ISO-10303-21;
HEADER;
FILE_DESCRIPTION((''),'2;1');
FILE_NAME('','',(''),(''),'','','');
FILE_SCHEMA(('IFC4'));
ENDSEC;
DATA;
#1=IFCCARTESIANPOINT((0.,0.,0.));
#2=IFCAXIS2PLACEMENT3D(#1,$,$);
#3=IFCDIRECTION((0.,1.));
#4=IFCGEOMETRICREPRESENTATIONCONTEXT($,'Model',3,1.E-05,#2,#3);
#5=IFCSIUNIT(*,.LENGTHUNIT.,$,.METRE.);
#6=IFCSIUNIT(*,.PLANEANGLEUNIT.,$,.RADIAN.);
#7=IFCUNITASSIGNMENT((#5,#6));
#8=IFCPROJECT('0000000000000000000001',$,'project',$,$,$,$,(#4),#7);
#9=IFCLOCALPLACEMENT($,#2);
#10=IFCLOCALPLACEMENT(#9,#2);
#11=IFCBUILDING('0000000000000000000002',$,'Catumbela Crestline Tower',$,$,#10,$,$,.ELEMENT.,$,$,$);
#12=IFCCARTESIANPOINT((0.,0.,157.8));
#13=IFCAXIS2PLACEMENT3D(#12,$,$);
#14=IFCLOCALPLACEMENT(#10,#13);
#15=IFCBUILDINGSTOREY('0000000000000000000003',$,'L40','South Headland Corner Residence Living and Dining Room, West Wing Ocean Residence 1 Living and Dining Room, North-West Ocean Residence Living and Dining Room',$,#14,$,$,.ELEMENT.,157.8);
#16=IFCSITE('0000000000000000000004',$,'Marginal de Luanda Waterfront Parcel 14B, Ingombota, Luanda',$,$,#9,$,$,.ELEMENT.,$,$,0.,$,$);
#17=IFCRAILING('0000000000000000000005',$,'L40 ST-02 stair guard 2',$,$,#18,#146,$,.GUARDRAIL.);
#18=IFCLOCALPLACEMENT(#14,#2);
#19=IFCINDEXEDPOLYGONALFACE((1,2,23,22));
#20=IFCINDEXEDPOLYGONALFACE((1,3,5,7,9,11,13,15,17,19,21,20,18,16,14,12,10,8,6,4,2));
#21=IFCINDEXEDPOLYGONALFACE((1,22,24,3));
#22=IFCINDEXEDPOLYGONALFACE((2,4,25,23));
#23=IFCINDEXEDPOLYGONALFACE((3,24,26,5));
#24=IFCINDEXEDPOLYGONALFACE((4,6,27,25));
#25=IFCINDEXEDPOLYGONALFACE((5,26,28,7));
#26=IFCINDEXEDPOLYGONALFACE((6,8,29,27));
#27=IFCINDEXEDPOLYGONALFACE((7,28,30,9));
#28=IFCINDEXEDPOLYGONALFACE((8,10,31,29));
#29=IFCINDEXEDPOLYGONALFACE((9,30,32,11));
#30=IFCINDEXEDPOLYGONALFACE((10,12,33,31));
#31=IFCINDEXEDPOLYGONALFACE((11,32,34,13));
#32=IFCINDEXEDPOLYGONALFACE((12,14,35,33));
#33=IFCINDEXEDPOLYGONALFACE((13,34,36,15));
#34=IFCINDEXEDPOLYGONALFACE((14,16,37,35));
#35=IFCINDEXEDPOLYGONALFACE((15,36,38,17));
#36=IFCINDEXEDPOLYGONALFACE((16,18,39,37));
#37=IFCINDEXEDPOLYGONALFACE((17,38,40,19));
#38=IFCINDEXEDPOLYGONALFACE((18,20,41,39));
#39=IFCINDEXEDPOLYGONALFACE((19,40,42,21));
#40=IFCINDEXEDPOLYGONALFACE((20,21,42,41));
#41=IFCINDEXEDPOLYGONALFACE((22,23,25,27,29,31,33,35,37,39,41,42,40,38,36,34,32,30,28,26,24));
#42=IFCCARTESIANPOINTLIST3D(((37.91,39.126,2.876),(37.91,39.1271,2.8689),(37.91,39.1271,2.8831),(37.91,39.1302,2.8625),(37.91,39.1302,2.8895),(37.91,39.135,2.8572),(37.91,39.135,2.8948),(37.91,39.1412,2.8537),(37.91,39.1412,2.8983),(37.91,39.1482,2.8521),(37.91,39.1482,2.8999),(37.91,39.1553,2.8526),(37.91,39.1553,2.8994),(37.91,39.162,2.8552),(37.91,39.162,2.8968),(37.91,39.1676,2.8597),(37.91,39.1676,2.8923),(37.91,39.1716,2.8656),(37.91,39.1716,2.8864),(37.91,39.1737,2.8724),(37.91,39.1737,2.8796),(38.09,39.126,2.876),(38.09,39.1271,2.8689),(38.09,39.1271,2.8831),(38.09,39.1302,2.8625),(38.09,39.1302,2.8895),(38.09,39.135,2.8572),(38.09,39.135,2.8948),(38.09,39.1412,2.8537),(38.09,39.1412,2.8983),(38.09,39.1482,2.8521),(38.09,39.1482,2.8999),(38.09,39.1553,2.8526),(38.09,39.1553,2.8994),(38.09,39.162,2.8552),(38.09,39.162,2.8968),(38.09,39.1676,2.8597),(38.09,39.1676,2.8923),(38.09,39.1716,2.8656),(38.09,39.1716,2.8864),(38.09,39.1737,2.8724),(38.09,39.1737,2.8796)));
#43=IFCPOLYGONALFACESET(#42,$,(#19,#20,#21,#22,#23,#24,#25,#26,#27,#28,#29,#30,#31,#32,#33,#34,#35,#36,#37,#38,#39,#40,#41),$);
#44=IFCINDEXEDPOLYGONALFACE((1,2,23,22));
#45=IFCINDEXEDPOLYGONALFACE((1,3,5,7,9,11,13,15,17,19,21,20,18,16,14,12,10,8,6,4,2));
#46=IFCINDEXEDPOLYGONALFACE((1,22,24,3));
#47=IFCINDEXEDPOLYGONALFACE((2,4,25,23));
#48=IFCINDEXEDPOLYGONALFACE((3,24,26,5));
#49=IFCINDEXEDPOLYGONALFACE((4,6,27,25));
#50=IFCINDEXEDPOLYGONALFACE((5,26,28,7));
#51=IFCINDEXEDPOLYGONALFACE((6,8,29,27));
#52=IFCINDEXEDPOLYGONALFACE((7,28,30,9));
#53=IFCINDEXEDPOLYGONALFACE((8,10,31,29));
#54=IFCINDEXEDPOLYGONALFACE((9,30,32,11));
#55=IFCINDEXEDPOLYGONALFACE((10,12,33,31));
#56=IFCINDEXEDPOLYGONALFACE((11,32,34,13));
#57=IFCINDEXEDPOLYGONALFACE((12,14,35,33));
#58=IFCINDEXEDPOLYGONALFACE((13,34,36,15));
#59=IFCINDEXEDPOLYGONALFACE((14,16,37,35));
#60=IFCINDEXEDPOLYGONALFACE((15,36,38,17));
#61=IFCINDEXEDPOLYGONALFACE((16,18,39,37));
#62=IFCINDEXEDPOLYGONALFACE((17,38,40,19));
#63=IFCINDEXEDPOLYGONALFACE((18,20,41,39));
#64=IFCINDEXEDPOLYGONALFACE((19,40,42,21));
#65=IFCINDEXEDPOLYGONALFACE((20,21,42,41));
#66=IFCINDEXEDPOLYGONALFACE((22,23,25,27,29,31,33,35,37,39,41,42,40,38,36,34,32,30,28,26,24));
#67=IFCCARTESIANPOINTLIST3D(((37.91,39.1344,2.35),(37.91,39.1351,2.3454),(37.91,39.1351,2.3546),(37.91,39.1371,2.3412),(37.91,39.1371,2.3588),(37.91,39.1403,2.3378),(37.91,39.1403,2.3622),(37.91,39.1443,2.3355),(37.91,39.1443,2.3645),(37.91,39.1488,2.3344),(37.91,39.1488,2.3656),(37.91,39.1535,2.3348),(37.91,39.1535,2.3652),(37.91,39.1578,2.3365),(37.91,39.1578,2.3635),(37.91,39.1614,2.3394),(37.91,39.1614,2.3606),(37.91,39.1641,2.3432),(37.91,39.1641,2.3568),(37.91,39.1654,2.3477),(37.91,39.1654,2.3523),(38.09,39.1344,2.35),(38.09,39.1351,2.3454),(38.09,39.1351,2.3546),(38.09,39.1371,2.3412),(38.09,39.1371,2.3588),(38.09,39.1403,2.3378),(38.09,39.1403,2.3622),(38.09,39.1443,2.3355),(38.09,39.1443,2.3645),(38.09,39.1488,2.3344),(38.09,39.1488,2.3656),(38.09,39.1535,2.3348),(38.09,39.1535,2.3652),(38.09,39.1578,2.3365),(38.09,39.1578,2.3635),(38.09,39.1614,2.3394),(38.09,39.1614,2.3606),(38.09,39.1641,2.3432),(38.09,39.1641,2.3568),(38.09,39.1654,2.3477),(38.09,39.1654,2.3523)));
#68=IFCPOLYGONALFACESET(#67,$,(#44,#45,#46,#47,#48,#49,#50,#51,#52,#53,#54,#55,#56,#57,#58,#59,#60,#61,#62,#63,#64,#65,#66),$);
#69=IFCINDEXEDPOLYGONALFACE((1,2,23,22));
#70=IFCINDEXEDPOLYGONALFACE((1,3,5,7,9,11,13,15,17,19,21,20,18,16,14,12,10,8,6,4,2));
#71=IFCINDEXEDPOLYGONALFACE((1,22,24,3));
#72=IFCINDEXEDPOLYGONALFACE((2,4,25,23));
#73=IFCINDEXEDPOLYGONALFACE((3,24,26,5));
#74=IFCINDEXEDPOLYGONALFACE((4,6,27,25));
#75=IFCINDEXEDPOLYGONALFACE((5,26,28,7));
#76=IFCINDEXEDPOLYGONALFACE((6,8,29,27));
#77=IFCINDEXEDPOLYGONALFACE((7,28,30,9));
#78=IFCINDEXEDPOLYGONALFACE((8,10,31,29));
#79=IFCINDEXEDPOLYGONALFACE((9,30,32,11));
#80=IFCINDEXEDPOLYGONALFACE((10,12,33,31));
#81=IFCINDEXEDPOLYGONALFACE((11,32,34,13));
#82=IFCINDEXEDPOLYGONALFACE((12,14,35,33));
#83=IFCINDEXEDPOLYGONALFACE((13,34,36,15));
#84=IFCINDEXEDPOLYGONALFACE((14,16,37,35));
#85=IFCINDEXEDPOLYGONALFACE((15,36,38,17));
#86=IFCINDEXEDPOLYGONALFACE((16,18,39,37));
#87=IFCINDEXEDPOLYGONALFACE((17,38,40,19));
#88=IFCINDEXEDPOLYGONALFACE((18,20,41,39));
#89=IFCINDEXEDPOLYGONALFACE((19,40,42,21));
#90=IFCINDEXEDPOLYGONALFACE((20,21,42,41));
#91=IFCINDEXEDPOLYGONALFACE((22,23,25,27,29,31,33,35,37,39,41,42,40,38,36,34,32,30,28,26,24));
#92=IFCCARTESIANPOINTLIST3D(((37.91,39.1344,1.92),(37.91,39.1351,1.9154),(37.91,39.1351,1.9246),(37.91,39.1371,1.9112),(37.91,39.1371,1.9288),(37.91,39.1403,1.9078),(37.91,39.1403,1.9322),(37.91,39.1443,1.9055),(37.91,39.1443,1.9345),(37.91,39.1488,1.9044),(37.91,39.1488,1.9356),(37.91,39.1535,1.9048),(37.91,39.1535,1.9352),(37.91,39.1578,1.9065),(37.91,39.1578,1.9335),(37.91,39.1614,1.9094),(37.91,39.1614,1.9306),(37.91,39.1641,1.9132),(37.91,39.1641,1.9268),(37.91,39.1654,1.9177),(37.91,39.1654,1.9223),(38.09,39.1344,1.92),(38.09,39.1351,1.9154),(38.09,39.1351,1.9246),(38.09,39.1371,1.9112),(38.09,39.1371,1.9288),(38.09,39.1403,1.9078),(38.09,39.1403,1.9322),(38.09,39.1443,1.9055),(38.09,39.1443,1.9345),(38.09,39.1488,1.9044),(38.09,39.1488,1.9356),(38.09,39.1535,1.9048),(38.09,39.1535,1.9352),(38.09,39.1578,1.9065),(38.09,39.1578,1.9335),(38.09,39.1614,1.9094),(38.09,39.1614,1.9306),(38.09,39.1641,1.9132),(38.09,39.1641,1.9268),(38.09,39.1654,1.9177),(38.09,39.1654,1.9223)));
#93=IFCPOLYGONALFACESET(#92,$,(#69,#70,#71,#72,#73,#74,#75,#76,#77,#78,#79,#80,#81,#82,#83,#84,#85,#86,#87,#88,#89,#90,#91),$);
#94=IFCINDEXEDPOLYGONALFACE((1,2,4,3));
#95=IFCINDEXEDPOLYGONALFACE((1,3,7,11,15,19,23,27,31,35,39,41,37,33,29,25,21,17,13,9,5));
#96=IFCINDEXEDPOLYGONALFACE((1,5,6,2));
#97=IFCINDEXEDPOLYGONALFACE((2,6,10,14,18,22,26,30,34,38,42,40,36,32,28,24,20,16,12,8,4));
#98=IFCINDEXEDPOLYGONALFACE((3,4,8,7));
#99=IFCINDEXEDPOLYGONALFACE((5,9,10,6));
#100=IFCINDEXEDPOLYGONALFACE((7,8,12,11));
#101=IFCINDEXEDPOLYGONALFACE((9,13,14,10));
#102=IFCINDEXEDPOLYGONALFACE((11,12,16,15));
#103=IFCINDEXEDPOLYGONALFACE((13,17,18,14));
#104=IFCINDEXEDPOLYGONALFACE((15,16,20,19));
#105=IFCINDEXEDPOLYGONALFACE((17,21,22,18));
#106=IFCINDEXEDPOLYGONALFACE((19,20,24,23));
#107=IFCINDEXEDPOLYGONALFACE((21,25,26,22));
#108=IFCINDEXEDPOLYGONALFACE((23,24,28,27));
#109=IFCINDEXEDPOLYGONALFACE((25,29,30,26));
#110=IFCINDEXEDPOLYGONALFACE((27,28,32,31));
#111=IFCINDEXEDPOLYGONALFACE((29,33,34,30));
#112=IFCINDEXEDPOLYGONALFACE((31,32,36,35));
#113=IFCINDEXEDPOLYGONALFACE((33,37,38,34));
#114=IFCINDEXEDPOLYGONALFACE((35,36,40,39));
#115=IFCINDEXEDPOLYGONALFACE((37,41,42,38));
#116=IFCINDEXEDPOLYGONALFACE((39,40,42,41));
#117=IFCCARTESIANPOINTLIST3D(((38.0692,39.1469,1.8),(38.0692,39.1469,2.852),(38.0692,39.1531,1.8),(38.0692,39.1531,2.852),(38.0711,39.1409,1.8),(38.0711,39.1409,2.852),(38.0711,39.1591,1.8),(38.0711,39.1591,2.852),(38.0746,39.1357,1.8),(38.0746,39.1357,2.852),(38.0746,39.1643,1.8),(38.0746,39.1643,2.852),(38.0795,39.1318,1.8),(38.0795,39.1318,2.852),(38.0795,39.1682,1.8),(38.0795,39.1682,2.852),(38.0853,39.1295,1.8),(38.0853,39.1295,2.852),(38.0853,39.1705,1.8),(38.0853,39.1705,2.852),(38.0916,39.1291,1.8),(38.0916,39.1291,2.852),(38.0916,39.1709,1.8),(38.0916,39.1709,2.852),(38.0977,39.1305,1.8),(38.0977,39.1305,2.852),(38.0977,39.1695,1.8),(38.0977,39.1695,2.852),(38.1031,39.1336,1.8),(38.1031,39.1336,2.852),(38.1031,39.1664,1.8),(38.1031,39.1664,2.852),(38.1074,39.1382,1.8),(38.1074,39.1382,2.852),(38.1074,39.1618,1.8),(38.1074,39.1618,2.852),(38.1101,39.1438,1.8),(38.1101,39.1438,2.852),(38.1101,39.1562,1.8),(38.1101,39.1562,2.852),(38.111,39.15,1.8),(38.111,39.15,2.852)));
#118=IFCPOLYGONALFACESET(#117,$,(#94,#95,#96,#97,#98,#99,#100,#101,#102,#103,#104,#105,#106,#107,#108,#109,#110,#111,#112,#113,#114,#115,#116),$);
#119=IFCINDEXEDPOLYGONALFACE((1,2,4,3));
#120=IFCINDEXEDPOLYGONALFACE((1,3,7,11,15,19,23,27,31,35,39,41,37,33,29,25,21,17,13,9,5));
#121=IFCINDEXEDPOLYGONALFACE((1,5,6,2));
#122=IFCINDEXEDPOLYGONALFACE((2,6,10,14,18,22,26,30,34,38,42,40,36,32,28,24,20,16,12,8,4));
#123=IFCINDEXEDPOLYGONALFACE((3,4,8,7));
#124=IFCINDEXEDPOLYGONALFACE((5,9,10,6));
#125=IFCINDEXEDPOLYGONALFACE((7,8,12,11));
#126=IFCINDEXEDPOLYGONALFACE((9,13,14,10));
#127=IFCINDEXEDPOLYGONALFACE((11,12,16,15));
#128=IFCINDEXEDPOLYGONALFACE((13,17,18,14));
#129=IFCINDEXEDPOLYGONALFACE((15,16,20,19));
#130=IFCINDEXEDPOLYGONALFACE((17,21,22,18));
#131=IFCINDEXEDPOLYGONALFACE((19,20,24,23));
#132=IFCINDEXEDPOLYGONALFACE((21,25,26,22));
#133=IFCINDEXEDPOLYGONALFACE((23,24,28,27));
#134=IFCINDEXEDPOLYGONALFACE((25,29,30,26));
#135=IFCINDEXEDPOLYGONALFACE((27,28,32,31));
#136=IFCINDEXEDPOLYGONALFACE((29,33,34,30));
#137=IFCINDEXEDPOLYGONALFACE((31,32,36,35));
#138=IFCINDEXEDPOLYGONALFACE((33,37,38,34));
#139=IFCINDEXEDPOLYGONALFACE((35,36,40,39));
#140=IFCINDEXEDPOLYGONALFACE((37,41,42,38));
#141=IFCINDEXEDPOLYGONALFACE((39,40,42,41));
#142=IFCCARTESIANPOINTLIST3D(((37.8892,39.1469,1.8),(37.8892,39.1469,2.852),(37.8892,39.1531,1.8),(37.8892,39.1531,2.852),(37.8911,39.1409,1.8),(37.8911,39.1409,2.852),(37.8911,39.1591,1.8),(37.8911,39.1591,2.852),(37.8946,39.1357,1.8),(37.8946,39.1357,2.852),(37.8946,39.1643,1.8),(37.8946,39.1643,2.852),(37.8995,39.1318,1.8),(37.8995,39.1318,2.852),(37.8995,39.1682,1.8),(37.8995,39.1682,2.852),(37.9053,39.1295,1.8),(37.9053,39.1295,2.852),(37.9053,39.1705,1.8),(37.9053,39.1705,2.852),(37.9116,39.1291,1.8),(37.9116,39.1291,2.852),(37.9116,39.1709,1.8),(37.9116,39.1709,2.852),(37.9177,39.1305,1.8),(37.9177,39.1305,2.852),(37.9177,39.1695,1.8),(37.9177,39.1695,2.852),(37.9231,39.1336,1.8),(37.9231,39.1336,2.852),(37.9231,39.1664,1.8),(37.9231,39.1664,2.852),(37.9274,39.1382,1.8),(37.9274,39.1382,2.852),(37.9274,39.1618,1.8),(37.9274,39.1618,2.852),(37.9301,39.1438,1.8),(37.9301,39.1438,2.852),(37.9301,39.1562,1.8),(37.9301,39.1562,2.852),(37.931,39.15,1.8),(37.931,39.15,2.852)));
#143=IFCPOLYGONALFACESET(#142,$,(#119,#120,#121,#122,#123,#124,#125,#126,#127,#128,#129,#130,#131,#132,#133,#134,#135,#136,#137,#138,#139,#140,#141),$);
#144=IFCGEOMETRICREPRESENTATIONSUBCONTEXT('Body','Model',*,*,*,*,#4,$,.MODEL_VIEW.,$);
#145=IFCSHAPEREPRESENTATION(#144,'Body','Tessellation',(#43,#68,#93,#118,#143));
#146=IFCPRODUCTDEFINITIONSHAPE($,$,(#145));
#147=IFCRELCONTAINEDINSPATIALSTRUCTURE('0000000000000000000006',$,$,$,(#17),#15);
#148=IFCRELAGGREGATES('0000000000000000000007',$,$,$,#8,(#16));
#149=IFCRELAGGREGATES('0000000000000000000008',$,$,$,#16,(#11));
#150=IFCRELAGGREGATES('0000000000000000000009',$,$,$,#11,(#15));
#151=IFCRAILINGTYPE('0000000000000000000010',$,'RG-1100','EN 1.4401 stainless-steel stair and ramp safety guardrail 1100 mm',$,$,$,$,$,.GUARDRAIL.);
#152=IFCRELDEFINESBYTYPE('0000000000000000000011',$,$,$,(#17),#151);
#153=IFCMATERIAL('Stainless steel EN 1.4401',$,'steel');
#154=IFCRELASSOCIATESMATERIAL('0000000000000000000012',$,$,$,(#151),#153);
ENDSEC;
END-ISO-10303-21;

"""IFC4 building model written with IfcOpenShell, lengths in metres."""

from ifc_helpers import new_model, si_unit, direction, frame, origin, origin_2d, place, context, subcontext, project, spatial, circle, extrude, material, type_object, element, save


model = new_model("IFC4")

# Units and contexts
model_context = context("Model", 3, precision=1e-05, world=origin(), true_north=direction((0.0, 1.0)))
body_context = subcontext(model_context, "Body", "Model", "MODEL_VIEW")
ifc_project = project(units=[si_unit("LENGTHUNIT", "METRE"), si_unit("PLANEANGLEUNIT", "RADIAN")], contexts=[model_context])

# Site, building, storey
site_placement = place(None, origin())
site = spatial("IfcSite", under=ifc_project, at=site_placement, Name="Marginal de Luanda Waterfront Parcel 14B, Ingombota, Luanda", CompositionType="ELEMENT", RefElevation=0.0)
building_placement = place(site_placement, origin())
building = spatial("IfcBuilding", under=site, at=building_placement, Name="Catumbela Crestline Tower", CompositionType="ELEMENT")
storey_placement = place(building_placement, frame((0.0, 0.0, 157.8)))
storey = spatial("IfcBuildingStorey", under=building, at=storey_placement, Name="L40", Description="South Headland Corner Residence Living and Dining Room, West Wing Ocean Residence 1 Living and Dining Room, North-West Ocean Residence Living and Dining Room", CompositionType="ELEMENT", Elevation=157.8)

# Shared definitions
ifc_material_1 = material(Name="Stainless steel EN 1.4401", Category="steel")

# Railing
railing_type_1 = type_object("IfcRailingType", Name="RG-1100", Description="EN 1.4401 stainless-steel stair and ramp safety guardrail 1100 mm", PredefinedType="GUARDRAIL", material=ifc_material_1)
railing_1_placement = place(storey_placement, frame((38.09, 39.15, 1.8)))
element("IfcRailing", 1, at=railing_1_placement, inside=storey, type_object=railing_type_1, Name="L40 ST-02 stair guard 2", PredefinedType="GUARDRAIL", context=body_context, shape_type="SweptSolid", body=[
    extrude(circle(Radius=0.024, at=origin_2d()), frame((0.0, 0.0, 1.076), z_axis=(-1.0, 0.0, 0.0), x_axis=(0.0, -1.0, 0.0)), (0.0, 0.0, 1.0), 0.18),
    extrude(circle(Radius=0.0156, at=origin_2d()), frame((0.0, 0.0, 0.55), z_axis=(-1.0, 0.0, 0.0), x_axis=(0.0, -1.0, 0.0)), (0.0, 0.0, 1.0), 0.18),
    extrude(circle(Radius=0.0156, at=origin_2d()), frame((0.0, 0.0, 0.12), z_axis=(-1.0, 0.0, 0.0), x_axis=(0.0, -1.0, 0.0)), (0.0, 0.0, 1.0), 0.18),
    extrude(circle(Radius=0.021, at=origin_2d()), origin(), (0.0, 0.0, 1.0), 1.052),
    extrude(circle(Radius=0.021, at=origin_2d()), frame((-0.18, 0.0, 0.0)), (0.0, 0.0, 1.0), 1.052),
])

save(model, "model.ifc")
